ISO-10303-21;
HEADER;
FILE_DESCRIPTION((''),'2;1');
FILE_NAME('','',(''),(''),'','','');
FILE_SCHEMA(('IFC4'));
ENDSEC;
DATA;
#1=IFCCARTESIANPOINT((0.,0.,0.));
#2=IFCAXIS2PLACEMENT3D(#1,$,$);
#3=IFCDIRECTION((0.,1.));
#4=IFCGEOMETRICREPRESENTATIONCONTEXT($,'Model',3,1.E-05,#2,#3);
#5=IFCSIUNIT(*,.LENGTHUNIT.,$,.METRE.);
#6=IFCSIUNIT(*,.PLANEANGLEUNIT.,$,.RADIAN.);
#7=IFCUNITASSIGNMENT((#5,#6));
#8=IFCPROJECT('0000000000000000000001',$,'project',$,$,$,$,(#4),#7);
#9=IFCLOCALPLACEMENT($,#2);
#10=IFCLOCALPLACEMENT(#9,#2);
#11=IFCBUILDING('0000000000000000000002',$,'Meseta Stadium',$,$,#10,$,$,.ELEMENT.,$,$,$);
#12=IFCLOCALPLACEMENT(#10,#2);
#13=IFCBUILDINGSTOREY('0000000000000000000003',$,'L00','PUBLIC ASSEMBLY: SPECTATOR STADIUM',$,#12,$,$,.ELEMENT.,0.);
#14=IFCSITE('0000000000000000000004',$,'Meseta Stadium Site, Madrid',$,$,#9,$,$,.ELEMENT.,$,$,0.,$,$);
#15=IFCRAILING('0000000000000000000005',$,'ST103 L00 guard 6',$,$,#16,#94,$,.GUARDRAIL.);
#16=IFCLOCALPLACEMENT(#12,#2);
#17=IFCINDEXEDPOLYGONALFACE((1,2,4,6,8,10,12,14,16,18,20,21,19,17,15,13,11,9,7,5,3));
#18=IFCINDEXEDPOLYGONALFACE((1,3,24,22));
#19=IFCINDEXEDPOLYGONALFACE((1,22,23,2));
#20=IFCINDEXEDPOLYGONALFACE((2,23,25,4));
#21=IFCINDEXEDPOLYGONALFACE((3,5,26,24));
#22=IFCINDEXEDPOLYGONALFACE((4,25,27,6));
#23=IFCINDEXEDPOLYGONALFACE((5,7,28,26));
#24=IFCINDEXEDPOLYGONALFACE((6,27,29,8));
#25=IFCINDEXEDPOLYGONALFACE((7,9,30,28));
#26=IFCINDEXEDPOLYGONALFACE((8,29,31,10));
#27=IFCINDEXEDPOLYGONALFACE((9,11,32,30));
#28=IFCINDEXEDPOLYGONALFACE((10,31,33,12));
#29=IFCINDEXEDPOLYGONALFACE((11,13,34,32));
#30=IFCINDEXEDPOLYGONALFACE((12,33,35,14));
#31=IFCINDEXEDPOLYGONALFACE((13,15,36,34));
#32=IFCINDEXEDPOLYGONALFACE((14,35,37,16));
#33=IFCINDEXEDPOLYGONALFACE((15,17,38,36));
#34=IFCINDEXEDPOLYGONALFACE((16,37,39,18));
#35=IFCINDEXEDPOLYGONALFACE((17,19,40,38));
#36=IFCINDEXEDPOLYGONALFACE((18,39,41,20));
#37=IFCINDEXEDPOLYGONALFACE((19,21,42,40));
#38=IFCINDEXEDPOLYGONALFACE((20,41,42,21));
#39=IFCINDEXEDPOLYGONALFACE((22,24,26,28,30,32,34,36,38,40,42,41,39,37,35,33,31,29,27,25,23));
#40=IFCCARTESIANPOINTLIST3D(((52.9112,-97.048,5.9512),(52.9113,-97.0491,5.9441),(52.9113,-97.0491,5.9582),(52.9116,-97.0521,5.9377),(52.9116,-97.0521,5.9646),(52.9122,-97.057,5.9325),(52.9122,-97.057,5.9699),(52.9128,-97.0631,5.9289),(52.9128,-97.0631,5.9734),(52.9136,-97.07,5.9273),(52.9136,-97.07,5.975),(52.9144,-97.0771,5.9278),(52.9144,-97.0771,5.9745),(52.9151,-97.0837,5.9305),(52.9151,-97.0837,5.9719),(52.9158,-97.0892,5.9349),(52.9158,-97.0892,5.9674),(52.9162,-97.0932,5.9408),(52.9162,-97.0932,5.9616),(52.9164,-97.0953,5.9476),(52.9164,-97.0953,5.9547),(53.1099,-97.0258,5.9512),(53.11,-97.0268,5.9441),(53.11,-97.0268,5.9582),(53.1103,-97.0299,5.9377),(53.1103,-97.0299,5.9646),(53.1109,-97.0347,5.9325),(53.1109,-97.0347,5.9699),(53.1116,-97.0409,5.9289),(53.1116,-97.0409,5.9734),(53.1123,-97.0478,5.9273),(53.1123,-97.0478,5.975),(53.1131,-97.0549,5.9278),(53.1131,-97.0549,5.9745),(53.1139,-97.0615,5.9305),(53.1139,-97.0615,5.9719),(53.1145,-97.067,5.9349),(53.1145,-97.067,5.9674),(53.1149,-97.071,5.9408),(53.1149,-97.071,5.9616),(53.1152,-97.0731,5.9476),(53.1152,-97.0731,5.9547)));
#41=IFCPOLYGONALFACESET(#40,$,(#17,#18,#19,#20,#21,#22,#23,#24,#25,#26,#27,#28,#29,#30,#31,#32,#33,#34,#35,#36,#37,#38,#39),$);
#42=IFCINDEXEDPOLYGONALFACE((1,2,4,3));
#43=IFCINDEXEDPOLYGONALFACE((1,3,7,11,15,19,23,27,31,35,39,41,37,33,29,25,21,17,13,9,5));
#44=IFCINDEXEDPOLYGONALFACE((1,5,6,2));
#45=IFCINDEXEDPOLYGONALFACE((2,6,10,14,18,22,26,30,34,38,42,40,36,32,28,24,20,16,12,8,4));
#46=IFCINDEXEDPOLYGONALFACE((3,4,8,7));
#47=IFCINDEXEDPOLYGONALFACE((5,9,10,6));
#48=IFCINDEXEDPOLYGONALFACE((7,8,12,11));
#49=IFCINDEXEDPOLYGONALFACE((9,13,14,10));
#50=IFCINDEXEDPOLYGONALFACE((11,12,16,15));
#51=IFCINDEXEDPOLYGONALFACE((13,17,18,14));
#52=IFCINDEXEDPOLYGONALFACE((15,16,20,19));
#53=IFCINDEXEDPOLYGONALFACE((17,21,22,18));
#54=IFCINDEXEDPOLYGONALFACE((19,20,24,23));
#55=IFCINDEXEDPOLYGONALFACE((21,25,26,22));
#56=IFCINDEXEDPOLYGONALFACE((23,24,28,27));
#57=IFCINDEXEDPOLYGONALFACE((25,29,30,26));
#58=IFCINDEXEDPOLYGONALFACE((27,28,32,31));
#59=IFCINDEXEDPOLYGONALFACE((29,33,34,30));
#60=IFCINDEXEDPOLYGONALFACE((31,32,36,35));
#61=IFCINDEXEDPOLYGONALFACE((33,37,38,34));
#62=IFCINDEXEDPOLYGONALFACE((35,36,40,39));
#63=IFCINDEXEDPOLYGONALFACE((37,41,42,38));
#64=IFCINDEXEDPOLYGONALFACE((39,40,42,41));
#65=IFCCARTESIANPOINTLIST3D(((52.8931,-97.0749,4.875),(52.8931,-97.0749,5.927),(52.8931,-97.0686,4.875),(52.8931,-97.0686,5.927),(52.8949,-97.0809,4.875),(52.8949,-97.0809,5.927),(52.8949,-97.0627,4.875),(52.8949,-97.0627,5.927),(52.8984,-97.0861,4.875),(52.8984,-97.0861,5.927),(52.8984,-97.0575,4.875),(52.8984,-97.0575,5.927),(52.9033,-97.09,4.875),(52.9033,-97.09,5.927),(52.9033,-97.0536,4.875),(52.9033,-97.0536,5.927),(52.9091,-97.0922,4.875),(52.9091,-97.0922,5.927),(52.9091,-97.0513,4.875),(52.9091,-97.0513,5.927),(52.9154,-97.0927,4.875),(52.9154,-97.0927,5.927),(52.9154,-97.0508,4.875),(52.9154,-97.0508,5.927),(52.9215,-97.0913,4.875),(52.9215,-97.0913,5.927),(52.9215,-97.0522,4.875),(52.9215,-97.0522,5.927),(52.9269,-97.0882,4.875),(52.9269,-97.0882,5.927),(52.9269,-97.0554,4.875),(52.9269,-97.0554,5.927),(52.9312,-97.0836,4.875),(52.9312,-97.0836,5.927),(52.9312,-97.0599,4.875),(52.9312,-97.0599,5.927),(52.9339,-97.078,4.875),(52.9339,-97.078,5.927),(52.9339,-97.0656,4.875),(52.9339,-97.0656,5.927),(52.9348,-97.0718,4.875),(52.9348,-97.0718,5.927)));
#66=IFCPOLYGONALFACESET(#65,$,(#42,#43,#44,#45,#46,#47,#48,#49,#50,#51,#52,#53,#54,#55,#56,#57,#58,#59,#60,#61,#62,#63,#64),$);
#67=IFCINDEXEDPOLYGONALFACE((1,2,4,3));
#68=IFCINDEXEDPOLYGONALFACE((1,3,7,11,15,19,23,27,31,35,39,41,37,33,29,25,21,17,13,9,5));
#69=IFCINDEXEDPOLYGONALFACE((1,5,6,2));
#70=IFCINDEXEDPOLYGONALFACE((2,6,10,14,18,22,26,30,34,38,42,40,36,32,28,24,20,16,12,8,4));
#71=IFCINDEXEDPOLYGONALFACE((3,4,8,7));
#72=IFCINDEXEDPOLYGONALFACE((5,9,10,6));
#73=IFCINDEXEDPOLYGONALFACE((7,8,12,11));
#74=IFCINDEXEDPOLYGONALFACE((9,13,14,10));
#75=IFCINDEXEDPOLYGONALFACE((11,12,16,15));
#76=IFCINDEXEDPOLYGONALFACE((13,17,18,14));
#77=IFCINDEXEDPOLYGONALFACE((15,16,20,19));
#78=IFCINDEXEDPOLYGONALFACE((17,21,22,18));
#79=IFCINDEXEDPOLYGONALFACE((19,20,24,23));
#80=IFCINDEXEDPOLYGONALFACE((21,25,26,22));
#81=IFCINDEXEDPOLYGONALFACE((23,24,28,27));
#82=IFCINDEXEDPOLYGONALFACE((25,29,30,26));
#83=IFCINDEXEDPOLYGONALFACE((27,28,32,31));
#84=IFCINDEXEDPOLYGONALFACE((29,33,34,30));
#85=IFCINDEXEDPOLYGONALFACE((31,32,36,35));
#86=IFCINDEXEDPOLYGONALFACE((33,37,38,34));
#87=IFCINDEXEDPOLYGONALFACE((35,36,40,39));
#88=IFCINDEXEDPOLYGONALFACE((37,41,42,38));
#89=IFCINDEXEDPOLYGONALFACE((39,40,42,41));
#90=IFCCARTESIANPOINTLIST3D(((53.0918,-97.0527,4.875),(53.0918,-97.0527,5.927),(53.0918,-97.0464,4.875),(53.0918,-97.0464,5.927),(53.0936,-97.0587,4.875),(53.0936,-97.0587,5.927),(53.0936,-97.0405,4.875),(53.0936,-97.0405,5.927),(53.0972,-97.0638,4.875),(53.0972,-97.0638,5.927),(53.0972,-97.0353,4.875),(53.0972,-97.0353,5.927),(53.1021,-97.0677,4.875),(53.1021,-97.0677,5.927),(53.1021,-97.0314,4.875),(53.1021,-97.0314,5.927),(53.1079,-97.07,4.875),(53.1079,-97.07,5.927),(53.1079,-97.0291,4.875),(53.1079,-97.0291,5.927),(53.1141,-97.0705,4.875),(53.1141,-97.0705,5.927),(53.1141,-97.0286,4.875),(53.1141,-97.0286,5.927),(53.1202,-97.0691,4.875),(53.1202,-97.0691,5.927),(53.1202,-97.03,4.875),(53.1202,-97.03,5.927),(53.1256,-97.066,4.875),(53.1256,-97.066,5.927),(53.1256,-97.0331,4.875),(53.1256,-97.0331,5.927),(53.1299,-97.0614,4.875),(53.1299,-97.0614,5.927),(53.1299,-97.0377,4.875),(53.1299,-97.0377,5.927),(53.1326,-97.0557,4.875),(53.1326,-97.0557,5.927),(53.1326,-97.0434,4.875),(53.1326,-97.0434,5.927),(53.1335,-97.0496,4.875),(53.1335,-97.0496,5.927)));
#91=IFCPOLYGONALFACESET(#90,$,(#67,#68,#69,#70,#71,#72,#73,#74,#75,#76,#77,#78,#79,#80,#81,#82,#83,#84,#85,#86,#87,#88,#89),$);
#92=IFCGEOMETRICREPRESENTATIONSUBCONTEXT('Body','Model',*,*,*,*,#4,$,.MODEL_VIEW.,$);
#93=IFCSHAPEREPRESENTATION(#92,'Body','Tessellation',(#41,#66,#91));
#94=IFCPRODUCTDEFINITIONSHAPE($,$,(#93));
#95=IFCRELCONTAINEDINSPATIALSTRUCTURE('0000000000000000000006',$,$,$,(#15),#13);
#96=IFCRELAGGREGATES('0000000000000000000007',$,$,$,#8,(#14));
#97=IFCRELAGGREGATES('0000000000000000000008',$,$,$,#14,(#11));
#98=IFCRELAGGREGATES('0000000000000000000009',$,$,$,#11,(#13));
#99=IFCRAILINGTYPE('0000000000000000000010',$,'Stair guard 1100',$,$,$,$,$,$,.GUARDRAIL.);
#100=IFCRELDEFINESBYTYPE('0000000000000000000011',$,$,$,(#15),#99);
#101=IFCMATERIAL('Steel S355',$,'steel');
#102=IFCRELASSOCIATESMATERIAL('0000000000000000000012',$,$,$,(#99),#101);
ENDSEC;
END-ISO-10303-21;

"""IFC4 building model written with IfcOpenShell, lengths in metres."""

from ifc_helpers import new_model, si_unit, direction, frame, origin, origin_2d, place, context, subcontext, project, spatial, circle, extrude, material, type_object, element, save


model = new_model("IFC4")

# Units and contexts
model_context = context("Model", 3, precision=1e-05, world=origin(), true_north=direction((0.0, 1.0)))
body_context = subcontext(model_context, "Body", "Model", "MODEL_VIEW")
ifc_project = project(units=[si_unit("LENGTHUNIT", "METRE"), si_unit("PLANEANGLEUNIT", "RADIAN")], contexts=[model_context])

# Site, building, storey
site_placement = place(None, origin())
site = spatial("IfcSite", under=ifc_project, at=site_placement, Name="Meseta Stadium Site, Madrid", CompositionType="ELEMENT", RefElevation=0.0)
building_placement = place(site_placement, origin())
building = spatial("IfcBuilding", under=site, at=building_placement, Name="Meseta Stadium", CompositionType="ELEMENT")
storey_placement = place(building_placement, origin())
storey = spatial("IfcBuildingStorey", under=building, at=storey_placement, Name="L00", Description="PUBLIC ASSEMBLY: SPECTATOR STADIUM", CompositionType="ELEMENT", Elevation=0.0)

# Railing
ifc_material_1 = material(Name="Steel S355", Category="steel")
railing_type_1 = type_object("IfcRailingType", Name="Stair guard 1100", PredefinedType="GUARDRAIL", material=ifc_material_1)
for number, where, name in (
    (1, (52.9138, -97.0718, 4.875), "ST103 L00 guard 6"),
):
    element("IfcRailing", number, at=place(storey_placement, frame(where)), inside=storey, type_object=railing_type_1, Name=name, PredefinedType="GUARDRAIL", context=body_context, shape_type="SweptSolid", body=[
        extrude(circle(Radius=0.0239, at=origin_2d()), frame((0.0, 0.0, 1.0762), z_axis=(0.993809, 0.111102, 0.0), x_axis=(-0.111102, 0.993809, 0.0)), (0.0, 0.0, 1.0), 0.2),
        extrude(circle(Radius=0.021, at=origin_2d()), origin(), (0.0, 0.0, 1.0), 1.052),
        extrude(circle(Radius=0.021, at=origin_2d()), frame((0.1987, 0.0222, 0.0)), (0.0, 0.0, 1.0), 1.052),
    ])

save(model, "model.ifc")
